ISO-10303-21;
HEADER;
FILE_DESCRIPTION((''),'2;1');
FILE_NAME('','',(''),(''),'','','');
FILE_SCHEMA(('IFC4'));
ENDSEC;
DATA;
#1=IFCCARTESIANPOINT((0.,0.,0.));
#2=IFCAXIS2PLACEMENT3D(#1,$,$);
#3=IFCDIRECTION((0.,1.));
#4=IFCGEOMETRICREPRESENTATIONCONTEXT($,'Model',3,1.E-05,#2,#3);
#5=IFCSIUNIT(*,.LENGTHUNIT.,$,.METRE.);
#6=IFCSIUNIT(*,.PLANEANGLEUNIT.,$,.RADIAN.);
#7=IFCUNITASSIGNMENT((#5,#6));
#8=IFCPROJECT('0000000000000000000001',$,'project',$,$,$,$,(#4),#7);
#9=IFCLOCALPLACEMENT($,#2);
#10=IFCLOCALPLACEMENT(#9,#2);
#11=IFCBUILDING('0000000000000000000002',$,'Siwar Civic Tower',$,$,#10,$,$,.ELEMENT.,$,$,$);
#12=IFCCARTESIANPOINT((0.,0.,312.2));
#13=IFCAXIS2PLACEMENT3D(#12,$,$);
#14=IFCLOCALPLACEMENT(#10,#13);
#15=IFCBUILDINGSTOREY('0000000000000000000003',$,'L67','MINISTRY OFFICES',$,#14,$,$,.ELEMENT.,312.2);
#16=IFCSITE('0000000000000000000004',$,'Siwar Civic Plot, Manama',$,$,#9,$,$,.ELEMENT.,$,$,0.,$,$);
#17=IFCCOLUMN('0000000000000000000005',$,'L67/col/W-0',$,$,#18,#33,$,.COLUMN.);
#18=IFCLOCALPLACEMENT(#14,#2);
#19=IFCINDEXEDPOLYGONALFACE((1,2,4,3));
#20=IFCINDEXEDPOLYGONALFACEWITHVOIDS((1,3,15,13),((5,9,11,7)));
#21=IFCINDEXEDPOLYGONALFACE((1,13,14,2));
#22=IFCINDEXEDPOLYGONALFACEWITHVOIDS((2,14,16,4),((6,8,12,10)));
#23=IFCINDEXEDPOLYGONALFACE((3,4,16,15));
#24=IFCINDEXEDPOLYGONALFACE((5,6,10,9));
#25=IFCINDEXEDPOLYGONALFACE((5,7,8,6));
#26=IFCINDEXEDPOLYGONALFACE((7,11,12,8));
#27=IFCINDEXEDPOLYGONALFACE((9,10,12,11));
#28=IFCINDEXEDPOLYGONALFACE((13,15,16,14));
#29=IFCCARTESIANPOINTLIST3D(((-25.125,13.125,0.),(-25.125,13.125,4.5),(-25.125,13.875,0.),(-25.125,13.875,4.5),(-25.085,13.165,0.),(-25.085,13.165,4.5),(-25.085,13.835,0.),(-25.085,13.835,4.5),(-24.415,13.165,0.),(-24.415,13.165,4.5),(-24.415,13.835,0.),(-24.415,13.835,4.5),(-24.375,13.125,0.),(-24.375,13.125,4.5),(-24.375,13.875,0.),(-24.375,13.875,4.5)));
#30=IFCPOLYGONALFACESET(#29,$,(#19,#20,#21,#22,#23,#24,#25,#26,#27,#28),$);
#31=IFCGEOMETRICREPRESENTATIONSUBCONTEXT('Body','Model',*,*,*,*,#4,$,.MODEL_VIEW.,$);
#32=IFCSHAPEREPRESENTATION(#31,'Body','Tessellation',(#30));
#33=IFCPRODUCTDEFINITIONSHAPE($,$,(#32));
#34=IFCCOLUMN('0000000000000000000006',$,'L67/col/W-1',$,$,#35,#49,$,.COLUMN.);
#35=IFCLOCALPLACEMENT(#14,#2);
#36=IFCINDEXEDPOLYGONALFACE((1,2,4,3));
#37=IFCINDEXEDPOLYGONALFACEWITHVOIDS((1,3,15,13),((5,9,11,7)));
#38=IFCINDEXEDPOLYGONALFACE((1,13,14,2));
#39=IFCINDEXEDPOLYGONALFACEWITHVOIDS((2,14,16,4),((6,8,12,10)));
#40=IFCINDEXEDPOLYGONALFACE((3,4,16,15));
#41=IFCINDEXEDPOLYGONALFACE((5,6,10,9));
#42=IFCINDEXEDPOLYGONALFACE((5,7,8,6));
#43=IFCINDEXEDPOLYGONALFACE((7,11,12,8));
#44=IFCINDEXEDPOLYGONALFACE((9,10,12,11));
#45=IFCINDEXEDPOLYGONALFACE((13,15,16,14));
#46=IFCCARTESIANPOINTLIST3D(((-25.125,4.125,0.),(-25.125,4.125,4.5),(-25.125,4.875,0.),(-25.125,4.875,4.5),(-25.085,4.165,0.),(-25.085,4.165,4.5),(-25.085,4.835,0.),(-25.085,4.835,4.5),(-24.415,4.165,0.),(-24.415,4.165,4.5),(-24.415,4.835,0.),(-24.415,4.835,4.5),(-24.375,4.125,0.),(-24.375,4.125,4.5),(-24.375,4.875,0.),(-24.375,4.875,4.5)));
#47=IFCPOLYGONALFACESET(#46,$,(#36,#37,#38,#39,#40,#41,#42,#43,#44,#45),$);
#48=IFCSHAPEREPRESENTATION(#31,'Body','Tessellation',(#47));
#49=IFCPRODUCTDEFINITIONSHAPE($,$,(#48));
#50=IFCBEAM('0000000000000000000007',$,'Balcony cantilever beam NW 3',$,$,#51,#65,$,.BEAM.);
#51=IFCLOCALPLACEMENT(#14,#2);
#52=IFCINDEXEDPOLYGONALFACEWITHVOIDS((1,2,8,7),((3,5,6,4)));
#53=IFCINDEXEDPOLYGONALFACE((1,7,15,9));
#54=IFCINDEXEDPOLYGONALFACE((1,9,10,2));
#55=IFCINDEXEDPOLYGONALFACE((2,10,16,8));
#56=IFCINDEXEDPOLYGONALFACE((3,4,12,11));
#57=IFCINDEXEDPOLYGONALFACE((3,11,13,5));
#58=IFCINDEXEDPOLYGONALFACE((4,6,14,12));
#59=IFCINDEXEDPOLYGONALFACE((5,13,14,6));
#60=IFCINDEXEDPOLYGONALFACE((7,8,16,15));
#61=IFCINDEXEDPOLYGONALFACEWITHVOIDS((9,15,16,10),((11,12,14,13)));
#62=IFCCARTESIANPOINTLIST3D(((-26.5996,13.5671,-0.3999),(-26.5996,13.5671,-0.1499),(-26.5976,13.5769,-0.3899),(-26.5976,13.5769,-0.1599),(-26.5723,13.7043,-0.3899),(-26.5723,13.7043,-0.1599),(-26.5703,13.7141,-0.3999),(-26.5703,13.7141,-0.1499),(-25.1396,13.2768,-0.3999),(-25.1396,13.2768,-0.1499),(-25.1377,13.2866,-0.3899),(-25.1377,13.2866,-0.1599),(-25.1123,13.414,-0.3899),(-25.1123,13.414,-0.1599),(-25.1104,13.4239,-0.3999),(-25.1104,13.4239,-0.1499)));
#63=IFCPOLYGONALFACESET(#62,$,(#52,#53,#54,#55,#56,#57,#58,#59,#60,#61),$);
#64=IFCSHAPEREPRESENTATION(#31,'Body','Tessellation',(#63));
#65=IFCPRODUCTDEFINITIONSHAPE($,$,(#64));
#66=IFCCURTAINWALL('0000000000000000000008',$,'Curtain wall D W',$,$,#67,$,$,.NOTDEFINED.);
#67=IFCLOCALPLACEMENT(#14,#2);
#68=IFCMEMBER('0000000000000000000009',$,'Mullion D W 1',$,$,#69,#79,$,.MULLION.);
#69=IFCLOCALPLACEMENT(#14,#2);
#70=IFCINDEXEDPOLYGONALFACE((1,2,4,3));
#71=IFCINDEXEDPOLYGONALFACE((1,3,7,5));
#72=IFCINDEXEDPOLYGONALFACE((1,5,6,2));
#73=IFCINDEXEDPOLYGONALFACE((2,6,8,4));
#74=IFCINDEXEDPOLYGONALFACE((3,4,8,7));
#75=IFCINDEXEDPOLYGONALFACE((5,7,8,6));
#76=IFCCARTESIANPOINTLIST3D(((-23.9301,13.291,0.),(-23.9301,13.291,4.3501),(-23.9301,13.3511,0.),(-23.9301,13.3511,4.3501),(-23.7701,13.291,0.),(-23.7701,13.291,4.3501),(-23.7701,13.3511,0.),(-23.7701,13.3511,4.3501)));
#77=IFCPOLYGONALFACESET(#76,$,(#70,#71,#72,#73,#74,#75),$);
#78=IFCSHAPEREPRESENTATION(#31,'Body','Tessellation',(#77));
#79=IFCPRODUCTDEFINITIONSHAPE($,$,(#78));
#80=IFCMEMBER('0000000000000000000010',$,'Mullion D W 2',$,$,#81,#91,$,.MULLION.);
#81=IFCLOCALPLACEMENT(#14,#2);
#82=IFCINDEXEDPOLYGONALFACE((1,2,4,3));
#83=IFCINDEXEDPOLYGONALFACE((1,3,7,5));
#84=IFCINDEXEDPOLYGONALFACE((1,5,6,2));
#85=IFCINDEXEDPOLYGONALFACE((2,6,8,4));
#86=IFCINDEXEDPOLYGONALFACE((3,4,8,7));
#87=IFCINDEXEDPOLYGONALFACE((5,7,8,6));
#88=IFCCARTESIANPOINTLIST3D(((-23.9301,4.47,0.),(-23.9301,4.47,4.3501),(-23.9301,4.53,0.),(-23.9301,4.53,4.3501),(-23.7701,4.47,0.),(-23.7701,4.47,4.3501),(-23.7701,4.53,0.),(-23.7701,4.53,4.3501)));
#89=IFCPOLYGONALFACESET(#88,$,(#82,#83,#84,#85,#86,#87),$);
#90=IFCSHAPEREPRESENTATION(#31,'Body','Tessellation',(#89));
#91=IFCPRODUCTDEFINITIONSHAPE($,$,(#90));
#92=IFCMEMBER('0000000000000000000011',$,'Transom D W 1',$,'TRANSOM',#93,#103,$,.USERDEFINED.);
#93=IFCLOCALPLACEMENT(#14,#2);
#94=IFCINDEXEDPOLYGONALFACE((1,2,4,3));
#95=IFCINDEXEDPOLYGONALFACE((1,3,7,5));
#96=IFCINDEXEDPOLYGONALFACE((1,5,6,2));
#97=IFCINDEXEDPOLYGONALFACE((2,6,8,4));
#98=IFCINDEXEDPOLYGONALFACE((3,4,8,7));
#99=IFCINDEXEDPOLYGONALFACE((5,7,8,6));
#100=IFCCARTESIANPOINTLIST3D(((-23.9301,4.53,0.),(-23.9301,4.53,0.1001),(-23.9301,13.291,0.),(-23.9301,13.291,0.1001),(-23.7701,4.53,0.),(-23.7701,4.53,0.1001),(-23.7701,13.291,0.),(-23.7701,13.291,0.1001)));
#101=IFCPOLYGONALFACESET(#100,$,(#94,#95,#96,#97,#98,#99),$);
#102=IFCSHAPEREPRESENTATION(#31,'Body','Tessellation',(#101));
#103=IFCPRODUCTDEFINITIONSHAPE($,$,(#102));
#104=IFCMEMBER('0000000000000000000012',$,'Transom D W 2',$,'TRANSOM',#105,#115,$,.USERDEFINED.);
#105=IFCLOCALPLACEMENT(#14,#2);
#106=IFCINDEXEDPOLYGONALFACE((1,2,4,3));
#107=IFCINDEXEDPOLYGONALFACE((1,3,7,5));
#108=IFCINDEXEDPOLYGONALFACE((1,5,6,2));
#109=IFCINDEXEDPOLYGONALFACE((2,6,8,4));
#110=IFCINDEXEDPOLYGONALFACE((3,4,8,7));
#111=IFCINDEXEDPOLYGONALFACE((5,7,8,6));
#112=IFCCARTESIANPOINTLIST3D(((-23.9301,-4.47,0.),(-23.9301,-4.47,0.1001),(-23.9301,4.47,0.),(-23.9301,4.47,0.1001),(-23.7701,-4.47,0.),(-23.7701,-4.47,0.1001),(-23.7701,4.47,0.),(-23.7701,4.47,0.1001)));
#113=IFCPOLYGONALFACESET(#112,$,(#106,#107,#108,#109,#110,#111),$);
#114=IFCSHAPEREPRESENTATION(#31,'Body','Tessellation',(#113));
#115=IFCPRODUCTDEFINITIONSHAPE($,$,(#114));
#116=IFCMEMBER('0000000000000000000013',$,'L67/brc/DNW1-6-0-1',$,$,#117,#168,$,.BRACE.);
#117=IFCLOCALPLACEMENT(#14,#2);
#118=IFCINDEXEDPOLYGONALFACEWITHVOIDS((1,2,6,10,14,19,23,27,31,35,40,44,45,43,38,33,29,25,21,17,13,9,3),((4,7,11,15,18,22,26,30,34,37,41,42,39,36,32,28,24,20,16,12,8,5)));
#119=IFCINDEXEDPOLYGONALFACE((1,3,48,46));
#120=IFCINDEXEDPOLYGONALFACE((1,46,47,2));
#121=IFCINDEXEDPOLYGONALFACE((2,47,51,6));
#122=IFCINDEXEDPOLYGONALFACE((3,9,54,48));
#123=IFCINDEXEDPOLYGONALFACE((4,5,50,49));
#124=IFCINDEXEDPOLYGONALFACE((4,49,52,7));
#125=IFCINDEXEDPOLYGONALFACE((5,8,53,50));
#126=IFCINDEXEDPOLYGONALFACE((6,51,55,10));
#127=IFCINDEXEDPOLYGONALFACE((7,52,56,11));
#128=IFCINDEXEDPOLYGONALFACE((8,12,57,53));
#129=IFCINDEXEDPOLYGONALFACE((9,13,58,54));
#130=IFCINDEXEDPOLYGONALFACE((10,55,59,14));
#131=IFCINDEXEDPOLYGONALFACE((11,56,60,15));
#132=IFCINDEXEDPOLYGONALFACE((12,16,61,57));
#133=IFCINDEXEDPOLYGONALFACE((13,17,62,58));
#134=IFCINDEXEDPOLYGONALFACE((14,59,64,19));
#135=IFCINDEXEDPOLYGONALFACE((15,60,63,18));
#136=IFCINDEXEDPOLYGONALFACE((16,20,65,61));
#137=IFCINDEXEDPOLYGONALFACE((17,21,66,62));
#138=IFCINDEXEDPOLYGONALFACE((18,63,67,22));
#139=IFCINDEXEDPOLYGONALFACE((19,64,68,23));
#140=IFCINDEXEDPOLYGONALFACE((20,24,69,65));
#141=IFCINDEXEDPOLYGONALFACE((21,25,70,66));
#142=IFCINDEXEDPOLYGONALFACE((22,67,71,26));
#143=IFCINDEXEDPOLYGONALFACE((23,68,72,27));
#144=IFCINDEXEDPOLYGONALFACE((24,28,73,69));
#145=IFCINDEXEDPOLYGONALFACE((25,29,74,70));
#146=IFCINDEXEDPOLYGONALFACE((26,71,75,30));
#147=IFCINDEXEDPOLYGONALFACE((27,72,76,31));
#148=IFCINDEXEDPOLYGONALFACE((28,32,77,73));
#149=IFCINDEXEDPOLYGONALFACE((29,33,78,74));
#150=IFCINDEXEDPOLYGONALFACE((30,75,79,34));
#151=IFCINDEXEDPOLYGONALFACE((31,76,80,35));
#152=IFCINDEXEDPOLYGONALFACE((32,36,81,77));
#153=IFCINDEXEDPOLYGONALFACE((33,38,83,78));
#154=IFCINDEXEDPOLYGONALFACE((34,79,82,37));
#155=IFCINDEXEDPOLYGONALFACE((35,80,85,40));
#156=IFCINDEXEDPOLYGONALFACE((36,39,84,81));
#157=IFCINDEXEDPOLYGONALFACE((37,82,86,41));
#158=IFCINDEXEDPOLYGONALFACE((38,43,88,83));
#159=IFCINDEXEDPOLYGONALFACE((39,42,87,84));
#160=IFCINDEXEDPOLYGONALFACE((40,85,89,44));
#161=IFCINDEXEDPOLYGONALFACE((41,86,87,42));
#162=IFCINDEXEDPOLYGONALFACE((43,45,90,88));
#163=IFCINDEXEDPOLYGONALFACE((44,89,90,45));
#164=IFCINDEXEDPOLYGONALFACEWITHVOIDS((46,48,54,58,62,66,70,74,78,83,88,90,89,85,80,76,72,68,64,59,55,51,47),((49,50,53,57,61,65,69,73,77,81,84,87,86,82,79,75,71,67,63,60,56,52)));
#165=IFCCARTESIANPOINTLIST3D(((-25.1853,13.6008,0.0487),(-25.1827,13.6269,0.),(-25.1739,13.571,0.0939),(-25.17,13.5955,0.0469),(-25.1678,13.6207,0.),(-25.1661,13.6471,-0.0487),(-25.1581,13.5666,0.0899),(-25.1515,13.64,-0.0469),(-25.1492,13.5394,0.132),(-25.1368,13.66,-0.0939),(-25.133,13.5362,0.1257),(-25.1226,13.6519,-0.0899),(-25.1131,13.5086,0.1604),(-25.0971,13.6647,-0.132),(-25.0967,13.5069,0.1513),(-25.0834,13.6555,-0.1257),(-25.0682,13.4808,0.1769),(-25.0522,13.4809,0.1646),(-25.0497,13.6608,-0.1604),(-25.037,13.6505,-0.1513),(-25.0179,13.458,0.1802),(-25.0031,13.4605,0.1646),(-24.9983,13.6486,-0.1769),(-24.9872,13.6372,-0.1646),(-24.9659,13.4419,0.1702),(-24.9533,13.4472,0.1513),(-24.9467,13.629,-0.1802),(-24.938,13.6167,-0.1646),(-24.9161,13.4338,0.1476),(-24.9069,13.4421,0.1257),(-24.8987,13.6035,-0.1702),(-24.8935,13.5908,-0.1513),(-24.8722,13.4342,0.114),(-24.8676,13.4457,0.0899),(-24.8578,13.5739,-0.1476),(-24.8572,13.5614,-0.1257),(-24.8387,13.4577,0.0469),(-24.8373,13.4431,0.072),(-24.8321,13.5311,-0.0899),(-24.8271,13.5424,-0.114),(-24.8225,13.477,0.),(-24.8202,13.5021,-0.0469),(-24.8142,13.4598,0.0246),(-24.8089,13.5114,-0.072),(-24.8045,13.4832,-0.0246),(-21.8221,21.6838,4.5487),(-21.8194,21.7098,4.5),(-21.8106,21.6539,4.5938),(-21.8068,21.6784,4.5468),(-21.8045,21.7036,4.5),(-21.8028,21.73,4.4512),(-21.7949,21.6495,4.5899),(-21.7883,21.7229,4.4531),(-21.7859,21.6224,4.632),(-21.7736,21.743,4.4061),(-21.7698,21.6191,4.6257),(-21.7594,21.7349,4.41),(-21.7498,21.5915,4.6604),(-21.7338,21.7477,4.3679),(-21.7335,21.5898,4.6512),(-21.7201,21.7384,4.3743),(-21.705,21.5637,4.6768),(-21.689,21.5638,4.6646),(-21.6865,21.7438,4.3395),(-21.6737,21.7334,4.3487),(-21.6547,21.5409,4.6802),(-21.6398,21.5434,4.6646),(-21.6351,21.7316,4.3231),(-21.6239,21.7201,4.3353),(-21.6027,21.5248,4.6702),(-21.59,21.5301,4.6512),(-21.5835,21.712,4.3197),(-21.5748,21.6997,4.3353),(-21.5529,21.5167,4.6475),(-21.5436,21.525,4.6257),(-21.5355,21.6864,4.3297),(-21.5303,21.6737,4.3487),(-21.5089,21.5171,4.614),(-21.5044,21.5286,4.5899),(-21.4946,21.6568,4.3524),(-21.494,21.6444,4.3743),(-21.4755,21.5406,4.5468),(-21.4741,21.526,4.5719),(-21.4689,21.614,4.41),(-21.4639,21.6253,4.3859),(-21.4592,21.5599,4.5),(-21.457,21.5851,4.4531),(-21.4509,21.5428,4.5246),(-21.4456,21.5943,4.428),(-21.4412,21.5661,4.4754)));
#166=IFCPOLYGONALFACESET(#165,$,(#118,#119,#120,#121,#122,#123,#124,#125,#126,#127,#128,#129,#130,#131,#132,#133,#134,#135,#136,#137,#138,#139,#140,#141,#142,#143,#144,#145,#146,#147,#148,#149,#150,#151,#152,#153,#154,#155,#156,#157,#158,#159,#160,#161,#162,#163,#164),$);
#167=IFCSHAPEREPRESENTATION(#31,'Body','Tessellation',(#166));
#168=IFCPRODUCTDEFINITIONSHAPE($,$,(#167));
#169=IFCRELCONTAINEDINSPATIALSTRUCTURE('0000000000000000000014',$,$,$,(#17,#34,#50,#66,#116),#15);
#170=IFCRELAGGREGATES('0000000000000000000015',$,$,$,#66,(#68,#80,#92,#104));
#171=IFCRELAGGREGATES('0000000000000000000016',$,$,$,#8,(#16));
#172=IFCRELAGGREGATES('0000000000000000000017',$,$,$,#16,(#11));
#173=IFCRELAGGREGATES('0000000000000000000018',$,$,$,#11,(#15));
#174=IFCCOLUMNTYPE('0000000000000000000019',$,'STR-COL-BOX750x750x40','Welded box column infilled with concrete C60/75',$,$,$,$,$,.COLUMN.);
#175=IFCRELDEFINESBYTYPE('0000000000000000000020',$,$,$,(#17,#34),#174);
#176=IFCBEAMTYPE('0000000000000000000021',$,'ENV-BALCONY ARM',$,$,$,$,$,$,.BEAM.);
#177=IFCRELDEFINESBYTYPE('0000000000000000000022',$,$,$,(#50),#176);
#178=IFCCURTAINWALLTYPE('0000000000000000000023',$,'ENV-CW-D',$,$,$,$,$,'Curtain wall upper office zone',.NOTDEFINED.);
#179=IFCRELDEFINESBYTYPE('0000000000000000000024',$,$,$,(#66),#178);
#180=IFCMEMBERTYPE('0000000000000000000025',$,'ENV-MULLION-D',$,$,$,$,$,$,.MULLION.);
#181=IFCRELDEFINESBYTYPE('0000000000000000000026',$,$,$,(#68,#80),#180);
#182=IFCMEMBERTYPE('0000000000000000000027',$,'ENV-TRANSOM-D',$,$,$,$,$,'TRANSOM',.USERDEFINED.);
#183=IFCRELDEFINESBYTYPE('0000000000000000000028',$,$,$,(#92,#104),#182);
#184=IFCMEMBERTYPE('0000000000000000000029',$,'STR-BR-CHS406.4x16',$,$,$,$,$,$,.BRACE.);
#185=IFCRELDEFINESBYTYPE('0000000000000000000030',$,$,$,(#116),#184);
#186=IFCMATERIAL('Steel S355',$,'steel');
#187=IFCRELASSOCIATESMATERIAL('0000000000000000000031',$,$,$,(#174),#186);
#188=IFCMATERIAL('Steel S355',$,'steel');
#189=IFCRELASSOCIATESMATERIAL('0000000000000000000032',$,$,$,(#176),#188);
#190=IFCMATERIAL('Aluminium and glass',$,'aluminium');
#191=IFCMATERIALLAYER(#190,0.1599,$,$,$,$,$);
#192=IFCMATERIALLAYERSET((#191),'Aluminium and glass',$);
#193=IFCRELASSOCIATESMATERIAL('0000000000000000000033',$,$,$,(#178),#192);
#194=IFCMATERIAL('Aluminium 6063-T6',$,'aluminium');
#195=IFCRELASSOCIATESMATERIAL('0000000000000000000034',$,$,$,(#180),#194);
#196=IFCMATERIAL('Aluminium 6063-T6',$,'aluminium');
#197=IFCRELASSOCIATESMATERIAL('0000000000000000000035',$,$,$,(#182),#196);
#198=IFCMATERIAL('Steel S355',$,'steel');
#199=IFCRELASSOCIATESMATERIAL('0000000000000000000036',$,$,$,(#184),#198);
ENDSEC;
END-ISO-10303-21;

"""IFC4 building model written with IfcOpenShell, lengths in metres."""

from ifc_helpers import new_model, si_unit, direction, frame, origin, origin_2d, place, context, subcontext, project, spatial, rectangle, hollow_rectangle, hollow_circle, extrude, material, layer, layer_set, material_profile, profile_set, type_object, element, aggregate, save


model = new_model("IFC4")

# Units and contexts
model_context = context("Model", 3, precision=1e-05, world=origin(), true_north=direction((0.0, 1.0)))
body_context = subcontext(model_context, "Body", "Model", "MODEL_VIEW")
ifc_project = project(units=[si_unit("LENGTHUNIT", "METRE"), si_unit("PLANEANGLEUNIT", "RADIAN")], contexts=[model_context])

# Site, building, storey
site_placement = place(None, origin())
site = spatial("IfcSite", under=ifc_project, at=site_placement, Name="Siwar Civic Plot, Manama", CompositionType="ELEMENT", RefElevation=0.0)
building_placement = place(site_placement, origin())
building = spatial("IfcBuilding", under=site, at=building_placement, Name="Siwar Civic Tower", CompositionType="ELEMENT")
storey_placement = place(building_placement, frame((0.0, 0.0, 312.2)))
storey = spatial("IfcBuildingStorey", under=building, at=storey_placement, Name="L67", Description="MINISTRY OFFICES", CompositionType="ELEMENT", Elevation=312.2)

# Columns
ifc_material_1 = material(Name="Steel S355", Category="steel")
ifc_material_profile_1 = material_profile(ifc_material_1, hollow_rectangle(XDim=0.75, YDim=0.75, WallThickness=0.04, at=origin_2d()), Name="BOX750x750x40")
ifc_profile_set_1 = profile_set([ifc_material_profile_1], Name="Steel S355")
column_type = type_object("IfcColumnType", Name="STR-COL-BOX750x750x40", Description="Welded box column infilled with concrete C60/75", PredefinedType="COLUMN", material=ifc_profile_set_1)
for number, where, z_axis, x_axis, name in (
    (1, (-24.75, 13.5, 0.0), (0.0, 0.0, 1.0), (1.0, 0.0, 0.0), "L67/col/W-0"),
    (2, (-24.75, 4.5, 0.0), (0.0, 0.0, 1.0), (1.0, 0.0, 0.0), "L67/col/W-1"),
):
    element("IfcColumn", number, at=place(storey_placement, frame(where, z_axis=z_axis, x_axis=x_axis)), inside=storey, type_object=column_type, Name=name, PredefinedType="COLUMN", context=body_context, shape_type="SweptSolid", body=[
        extrude(hollow_rectangle(XDim=0.75, YDim=0.75, WallThickness=0.04, at=origin_2d()), origin(), (0.0, 0.0, 1.0), 4.5),
    ])

# Beam
ifc_material_2 = material(Name="Steel S355", Category="steel")
ifc_material_profile_2 = material_profile(ifc_material_2, hollow_rectangle(XDim=0.1499, YDim=0.25, WallThickness=0.01, at=origin_2d()), Name="RHS250x150x10")
ifc_profile_set_2 = profile_set([ifc_material_profile_2], Name="Steel S355")
beam_type_1 = type_object("IfcBeamType", Name="ENV-BALCONY ARM", PredefinedType="BEAM", material=ifc_profile_set_2)
beam_placement = place(storey_placement, frame((-25.125, 13.3503, -0.2749), z_axis=(-0.980801, 0.195012, 0.0), x_axis=(-0.195012, -0.980801, 0.0)))
element("IfcBeam", 3, at=beam_placement, inside=storey, type_object=beam_type_1, Name="Balcony cantilever beam NW 3", PredefinedType="BEAM", context=body_context, shape_type="SweptSolid", body=[
    extrude(hollow_rectangle(XDim=0.1499, YDim=0.25, WallThickness=0.01, at=origin_2d()), origin(), (0.0, 0.0, 1.0), 1.4885),
])

# Curtain wall, members
ifc_material_3 = material(Name="Aluminium and glass", Category="aluminium")
ifc_layer_1 = layer(ifc_material_3, 0.1599)
ifc_layer_set_1 = layer_set([ifc_layer_1], Name="Aluminium and glass")
curtain_wall_type = type_object("IfcCurtainWallType", Name="ENV-CW-D", ElementType="Curtain wall upper office zone", PredefinedType="NOTDEFINED", material=ifc_layer_set_1)
curtain_wall_placement = place(storey_placement, origin())
curtain_wall = element("IfcCurtainWall", 4, at=curtain_wall_placement, inside=storey, type_object=curtain_wall_type, Name="Curtain wall D W", PredefinedType="NOTDEFINED")
ifc_material_4 = material(Name="Aluminium 6063-T6", Category="aluminium")
ifc_material_profile_3 = material_profile(ifc_material_4, rectangle(XDim=0.1599, YDim=0.0601, at=origin_2d()), Name="AL 160x60")
ifc_profile_set_3 = profile_set([ifc_material_profile_3], Name="Aluminium 6063-T6")
member_type_1 = type_object("IfcMemberType", Name="ENV-MULLION-D", PredefinedType="MULLION", material=ifc_profile_set_3)
member_1_placement = place(storey_placement, frame((-23.8501, 13.321, 0.0), z_axis=(0.0, 0.0, 1.0), x_axis=(1.0, 0.0, 0.0)))
member_1 = element("IfcMember", 5, at=member_1_placement, type_object=member_type_1, Name="Mullion D W 1", PredefinedType="MULLION", context=body_context, shape_type="SweptSolid", body=[
    extrude(rectangle(XDim=0.1599, YDim=0.0601, at=origin_2d()), origin(), (0.0, 0.0, 1.0), 4.3501),
])
member_2_placement = place(storey_placement, frame((-23.8501, 4.5, 0.0), z_axis=(0.0, 0.0, 1.0), x_axis=(1.0, 0.0, 0.0)))
member_2 = element("IfcMember", 6, at=member_2_placement, type_object=member_type_1, Name="Mullion D W 2", PredefinedType="MULLION", context=body_context, shape_type="SweptSolid", body=[
    extrude(rectangle(XDim=0.1599, YDim=0.0601, at=origin_2d()), origin(), (0.0, 0.0, 1.0), 4.3501),
])
ifc_material_5 = material(Name="Aluminium 6063-T6", Category="aluminium")
ifc_material_profile_4 = material_profile(ifc_material_5, rectangle(XDim=0.1599, YDim=0.1001, at=origin_2d()), Name="AL 160x100")
ifc_profile_set_4 = profile_set([ifc_material_profile_4], Name="Aluminium 6063-T6")
member_type_2 = type_object("IfcMemberType", Name="ENV-TRANSOM-D", ElementType="TRANSOM", PredefinedType="USERDEFINED", material=ifc_profile_set_4)
member_3_placement = place(storey_placement, frame((-23.8501, 13.291, 0.05), z_axis=(0.0, -1.0, 0.0), x_axis=(1.0, 0.0, 0.0)))
member_3 = element("IfcMember", 7, at=member_3_placement, type_object=member_type_2, Name="Transom D W 1", ObjectType="TRANSOM", PredefinedType="USERDEFINED", context=body_context, shape_type="SweptSolid", body=[
    extrude(rectangle(XDim=0.1599, YDim=0.1001, at=origin_2d()), origin(), (0.0, 0.0, 1.0), 8.761),
])
member_4_placement = place(storey_placement, frame((-23.8501, 4.47, 0.05), z_axis=(0.0, -1.0, 0.0), x_axis=(1.0, 0.0, 0.0)))
member_4 = element("IfcMember", 8, at=member_4_placement, type_object=member_type_2, Name="Transom D W 2", ObjectType="TRANSOM", PredefinedType="USERDEFINED", context=body_context, shape_type="SweptSolid", body=[
    extrude(rectangle(XDim=0.1599, YDim=0.1001, at=origin_2d()), origin(), (0.0, 0.0, 1.0), 8.9399),
])

# Member
ifc_material_6 = material(Name="Steel S355", Category="steel")
ifc_material_profile_5 = material_profile(ifc_material_6, hollow_circle(Radius=0.2031, WallThickness=0.0161, at=origin_2d()), Name="CHS406.4x16")
ifc_profile_set_5 = profile_set([ifc_material_profile_5], Name="Steel S355")
member_type_3 = type_object("IfcMemberType", Name="STR-BR-CHS406.4x16", PredefinedType="BRACE", material=ifc_profile_set_5)
member_5_placement = place(storey_placement, frame((-24.9951, 13.5488, 0.0), z_axis=(0.341671, 0.821143, 0.457149), x_axis=(-0.923265, 0.384164, 0.0)))
element("IfcMember", 9, at=member_5_placement, inside=storey, type_object=member_type_3, Name="L67/brc/DNW1-6-0-1", PredefinedType="BRACE", context=body_context, shape_type="SweptSolid", body=[
    extrude(hollow_circle(Radius=0.2031, WallThickness=0.0161, at=origin_2d()), origin(), (0.0, 0.0, 1.0), 9.8435),
])

aggregate(curtain_wall, [member_1, member_2, member_3, member_4])

save(model, "model.ifc")
